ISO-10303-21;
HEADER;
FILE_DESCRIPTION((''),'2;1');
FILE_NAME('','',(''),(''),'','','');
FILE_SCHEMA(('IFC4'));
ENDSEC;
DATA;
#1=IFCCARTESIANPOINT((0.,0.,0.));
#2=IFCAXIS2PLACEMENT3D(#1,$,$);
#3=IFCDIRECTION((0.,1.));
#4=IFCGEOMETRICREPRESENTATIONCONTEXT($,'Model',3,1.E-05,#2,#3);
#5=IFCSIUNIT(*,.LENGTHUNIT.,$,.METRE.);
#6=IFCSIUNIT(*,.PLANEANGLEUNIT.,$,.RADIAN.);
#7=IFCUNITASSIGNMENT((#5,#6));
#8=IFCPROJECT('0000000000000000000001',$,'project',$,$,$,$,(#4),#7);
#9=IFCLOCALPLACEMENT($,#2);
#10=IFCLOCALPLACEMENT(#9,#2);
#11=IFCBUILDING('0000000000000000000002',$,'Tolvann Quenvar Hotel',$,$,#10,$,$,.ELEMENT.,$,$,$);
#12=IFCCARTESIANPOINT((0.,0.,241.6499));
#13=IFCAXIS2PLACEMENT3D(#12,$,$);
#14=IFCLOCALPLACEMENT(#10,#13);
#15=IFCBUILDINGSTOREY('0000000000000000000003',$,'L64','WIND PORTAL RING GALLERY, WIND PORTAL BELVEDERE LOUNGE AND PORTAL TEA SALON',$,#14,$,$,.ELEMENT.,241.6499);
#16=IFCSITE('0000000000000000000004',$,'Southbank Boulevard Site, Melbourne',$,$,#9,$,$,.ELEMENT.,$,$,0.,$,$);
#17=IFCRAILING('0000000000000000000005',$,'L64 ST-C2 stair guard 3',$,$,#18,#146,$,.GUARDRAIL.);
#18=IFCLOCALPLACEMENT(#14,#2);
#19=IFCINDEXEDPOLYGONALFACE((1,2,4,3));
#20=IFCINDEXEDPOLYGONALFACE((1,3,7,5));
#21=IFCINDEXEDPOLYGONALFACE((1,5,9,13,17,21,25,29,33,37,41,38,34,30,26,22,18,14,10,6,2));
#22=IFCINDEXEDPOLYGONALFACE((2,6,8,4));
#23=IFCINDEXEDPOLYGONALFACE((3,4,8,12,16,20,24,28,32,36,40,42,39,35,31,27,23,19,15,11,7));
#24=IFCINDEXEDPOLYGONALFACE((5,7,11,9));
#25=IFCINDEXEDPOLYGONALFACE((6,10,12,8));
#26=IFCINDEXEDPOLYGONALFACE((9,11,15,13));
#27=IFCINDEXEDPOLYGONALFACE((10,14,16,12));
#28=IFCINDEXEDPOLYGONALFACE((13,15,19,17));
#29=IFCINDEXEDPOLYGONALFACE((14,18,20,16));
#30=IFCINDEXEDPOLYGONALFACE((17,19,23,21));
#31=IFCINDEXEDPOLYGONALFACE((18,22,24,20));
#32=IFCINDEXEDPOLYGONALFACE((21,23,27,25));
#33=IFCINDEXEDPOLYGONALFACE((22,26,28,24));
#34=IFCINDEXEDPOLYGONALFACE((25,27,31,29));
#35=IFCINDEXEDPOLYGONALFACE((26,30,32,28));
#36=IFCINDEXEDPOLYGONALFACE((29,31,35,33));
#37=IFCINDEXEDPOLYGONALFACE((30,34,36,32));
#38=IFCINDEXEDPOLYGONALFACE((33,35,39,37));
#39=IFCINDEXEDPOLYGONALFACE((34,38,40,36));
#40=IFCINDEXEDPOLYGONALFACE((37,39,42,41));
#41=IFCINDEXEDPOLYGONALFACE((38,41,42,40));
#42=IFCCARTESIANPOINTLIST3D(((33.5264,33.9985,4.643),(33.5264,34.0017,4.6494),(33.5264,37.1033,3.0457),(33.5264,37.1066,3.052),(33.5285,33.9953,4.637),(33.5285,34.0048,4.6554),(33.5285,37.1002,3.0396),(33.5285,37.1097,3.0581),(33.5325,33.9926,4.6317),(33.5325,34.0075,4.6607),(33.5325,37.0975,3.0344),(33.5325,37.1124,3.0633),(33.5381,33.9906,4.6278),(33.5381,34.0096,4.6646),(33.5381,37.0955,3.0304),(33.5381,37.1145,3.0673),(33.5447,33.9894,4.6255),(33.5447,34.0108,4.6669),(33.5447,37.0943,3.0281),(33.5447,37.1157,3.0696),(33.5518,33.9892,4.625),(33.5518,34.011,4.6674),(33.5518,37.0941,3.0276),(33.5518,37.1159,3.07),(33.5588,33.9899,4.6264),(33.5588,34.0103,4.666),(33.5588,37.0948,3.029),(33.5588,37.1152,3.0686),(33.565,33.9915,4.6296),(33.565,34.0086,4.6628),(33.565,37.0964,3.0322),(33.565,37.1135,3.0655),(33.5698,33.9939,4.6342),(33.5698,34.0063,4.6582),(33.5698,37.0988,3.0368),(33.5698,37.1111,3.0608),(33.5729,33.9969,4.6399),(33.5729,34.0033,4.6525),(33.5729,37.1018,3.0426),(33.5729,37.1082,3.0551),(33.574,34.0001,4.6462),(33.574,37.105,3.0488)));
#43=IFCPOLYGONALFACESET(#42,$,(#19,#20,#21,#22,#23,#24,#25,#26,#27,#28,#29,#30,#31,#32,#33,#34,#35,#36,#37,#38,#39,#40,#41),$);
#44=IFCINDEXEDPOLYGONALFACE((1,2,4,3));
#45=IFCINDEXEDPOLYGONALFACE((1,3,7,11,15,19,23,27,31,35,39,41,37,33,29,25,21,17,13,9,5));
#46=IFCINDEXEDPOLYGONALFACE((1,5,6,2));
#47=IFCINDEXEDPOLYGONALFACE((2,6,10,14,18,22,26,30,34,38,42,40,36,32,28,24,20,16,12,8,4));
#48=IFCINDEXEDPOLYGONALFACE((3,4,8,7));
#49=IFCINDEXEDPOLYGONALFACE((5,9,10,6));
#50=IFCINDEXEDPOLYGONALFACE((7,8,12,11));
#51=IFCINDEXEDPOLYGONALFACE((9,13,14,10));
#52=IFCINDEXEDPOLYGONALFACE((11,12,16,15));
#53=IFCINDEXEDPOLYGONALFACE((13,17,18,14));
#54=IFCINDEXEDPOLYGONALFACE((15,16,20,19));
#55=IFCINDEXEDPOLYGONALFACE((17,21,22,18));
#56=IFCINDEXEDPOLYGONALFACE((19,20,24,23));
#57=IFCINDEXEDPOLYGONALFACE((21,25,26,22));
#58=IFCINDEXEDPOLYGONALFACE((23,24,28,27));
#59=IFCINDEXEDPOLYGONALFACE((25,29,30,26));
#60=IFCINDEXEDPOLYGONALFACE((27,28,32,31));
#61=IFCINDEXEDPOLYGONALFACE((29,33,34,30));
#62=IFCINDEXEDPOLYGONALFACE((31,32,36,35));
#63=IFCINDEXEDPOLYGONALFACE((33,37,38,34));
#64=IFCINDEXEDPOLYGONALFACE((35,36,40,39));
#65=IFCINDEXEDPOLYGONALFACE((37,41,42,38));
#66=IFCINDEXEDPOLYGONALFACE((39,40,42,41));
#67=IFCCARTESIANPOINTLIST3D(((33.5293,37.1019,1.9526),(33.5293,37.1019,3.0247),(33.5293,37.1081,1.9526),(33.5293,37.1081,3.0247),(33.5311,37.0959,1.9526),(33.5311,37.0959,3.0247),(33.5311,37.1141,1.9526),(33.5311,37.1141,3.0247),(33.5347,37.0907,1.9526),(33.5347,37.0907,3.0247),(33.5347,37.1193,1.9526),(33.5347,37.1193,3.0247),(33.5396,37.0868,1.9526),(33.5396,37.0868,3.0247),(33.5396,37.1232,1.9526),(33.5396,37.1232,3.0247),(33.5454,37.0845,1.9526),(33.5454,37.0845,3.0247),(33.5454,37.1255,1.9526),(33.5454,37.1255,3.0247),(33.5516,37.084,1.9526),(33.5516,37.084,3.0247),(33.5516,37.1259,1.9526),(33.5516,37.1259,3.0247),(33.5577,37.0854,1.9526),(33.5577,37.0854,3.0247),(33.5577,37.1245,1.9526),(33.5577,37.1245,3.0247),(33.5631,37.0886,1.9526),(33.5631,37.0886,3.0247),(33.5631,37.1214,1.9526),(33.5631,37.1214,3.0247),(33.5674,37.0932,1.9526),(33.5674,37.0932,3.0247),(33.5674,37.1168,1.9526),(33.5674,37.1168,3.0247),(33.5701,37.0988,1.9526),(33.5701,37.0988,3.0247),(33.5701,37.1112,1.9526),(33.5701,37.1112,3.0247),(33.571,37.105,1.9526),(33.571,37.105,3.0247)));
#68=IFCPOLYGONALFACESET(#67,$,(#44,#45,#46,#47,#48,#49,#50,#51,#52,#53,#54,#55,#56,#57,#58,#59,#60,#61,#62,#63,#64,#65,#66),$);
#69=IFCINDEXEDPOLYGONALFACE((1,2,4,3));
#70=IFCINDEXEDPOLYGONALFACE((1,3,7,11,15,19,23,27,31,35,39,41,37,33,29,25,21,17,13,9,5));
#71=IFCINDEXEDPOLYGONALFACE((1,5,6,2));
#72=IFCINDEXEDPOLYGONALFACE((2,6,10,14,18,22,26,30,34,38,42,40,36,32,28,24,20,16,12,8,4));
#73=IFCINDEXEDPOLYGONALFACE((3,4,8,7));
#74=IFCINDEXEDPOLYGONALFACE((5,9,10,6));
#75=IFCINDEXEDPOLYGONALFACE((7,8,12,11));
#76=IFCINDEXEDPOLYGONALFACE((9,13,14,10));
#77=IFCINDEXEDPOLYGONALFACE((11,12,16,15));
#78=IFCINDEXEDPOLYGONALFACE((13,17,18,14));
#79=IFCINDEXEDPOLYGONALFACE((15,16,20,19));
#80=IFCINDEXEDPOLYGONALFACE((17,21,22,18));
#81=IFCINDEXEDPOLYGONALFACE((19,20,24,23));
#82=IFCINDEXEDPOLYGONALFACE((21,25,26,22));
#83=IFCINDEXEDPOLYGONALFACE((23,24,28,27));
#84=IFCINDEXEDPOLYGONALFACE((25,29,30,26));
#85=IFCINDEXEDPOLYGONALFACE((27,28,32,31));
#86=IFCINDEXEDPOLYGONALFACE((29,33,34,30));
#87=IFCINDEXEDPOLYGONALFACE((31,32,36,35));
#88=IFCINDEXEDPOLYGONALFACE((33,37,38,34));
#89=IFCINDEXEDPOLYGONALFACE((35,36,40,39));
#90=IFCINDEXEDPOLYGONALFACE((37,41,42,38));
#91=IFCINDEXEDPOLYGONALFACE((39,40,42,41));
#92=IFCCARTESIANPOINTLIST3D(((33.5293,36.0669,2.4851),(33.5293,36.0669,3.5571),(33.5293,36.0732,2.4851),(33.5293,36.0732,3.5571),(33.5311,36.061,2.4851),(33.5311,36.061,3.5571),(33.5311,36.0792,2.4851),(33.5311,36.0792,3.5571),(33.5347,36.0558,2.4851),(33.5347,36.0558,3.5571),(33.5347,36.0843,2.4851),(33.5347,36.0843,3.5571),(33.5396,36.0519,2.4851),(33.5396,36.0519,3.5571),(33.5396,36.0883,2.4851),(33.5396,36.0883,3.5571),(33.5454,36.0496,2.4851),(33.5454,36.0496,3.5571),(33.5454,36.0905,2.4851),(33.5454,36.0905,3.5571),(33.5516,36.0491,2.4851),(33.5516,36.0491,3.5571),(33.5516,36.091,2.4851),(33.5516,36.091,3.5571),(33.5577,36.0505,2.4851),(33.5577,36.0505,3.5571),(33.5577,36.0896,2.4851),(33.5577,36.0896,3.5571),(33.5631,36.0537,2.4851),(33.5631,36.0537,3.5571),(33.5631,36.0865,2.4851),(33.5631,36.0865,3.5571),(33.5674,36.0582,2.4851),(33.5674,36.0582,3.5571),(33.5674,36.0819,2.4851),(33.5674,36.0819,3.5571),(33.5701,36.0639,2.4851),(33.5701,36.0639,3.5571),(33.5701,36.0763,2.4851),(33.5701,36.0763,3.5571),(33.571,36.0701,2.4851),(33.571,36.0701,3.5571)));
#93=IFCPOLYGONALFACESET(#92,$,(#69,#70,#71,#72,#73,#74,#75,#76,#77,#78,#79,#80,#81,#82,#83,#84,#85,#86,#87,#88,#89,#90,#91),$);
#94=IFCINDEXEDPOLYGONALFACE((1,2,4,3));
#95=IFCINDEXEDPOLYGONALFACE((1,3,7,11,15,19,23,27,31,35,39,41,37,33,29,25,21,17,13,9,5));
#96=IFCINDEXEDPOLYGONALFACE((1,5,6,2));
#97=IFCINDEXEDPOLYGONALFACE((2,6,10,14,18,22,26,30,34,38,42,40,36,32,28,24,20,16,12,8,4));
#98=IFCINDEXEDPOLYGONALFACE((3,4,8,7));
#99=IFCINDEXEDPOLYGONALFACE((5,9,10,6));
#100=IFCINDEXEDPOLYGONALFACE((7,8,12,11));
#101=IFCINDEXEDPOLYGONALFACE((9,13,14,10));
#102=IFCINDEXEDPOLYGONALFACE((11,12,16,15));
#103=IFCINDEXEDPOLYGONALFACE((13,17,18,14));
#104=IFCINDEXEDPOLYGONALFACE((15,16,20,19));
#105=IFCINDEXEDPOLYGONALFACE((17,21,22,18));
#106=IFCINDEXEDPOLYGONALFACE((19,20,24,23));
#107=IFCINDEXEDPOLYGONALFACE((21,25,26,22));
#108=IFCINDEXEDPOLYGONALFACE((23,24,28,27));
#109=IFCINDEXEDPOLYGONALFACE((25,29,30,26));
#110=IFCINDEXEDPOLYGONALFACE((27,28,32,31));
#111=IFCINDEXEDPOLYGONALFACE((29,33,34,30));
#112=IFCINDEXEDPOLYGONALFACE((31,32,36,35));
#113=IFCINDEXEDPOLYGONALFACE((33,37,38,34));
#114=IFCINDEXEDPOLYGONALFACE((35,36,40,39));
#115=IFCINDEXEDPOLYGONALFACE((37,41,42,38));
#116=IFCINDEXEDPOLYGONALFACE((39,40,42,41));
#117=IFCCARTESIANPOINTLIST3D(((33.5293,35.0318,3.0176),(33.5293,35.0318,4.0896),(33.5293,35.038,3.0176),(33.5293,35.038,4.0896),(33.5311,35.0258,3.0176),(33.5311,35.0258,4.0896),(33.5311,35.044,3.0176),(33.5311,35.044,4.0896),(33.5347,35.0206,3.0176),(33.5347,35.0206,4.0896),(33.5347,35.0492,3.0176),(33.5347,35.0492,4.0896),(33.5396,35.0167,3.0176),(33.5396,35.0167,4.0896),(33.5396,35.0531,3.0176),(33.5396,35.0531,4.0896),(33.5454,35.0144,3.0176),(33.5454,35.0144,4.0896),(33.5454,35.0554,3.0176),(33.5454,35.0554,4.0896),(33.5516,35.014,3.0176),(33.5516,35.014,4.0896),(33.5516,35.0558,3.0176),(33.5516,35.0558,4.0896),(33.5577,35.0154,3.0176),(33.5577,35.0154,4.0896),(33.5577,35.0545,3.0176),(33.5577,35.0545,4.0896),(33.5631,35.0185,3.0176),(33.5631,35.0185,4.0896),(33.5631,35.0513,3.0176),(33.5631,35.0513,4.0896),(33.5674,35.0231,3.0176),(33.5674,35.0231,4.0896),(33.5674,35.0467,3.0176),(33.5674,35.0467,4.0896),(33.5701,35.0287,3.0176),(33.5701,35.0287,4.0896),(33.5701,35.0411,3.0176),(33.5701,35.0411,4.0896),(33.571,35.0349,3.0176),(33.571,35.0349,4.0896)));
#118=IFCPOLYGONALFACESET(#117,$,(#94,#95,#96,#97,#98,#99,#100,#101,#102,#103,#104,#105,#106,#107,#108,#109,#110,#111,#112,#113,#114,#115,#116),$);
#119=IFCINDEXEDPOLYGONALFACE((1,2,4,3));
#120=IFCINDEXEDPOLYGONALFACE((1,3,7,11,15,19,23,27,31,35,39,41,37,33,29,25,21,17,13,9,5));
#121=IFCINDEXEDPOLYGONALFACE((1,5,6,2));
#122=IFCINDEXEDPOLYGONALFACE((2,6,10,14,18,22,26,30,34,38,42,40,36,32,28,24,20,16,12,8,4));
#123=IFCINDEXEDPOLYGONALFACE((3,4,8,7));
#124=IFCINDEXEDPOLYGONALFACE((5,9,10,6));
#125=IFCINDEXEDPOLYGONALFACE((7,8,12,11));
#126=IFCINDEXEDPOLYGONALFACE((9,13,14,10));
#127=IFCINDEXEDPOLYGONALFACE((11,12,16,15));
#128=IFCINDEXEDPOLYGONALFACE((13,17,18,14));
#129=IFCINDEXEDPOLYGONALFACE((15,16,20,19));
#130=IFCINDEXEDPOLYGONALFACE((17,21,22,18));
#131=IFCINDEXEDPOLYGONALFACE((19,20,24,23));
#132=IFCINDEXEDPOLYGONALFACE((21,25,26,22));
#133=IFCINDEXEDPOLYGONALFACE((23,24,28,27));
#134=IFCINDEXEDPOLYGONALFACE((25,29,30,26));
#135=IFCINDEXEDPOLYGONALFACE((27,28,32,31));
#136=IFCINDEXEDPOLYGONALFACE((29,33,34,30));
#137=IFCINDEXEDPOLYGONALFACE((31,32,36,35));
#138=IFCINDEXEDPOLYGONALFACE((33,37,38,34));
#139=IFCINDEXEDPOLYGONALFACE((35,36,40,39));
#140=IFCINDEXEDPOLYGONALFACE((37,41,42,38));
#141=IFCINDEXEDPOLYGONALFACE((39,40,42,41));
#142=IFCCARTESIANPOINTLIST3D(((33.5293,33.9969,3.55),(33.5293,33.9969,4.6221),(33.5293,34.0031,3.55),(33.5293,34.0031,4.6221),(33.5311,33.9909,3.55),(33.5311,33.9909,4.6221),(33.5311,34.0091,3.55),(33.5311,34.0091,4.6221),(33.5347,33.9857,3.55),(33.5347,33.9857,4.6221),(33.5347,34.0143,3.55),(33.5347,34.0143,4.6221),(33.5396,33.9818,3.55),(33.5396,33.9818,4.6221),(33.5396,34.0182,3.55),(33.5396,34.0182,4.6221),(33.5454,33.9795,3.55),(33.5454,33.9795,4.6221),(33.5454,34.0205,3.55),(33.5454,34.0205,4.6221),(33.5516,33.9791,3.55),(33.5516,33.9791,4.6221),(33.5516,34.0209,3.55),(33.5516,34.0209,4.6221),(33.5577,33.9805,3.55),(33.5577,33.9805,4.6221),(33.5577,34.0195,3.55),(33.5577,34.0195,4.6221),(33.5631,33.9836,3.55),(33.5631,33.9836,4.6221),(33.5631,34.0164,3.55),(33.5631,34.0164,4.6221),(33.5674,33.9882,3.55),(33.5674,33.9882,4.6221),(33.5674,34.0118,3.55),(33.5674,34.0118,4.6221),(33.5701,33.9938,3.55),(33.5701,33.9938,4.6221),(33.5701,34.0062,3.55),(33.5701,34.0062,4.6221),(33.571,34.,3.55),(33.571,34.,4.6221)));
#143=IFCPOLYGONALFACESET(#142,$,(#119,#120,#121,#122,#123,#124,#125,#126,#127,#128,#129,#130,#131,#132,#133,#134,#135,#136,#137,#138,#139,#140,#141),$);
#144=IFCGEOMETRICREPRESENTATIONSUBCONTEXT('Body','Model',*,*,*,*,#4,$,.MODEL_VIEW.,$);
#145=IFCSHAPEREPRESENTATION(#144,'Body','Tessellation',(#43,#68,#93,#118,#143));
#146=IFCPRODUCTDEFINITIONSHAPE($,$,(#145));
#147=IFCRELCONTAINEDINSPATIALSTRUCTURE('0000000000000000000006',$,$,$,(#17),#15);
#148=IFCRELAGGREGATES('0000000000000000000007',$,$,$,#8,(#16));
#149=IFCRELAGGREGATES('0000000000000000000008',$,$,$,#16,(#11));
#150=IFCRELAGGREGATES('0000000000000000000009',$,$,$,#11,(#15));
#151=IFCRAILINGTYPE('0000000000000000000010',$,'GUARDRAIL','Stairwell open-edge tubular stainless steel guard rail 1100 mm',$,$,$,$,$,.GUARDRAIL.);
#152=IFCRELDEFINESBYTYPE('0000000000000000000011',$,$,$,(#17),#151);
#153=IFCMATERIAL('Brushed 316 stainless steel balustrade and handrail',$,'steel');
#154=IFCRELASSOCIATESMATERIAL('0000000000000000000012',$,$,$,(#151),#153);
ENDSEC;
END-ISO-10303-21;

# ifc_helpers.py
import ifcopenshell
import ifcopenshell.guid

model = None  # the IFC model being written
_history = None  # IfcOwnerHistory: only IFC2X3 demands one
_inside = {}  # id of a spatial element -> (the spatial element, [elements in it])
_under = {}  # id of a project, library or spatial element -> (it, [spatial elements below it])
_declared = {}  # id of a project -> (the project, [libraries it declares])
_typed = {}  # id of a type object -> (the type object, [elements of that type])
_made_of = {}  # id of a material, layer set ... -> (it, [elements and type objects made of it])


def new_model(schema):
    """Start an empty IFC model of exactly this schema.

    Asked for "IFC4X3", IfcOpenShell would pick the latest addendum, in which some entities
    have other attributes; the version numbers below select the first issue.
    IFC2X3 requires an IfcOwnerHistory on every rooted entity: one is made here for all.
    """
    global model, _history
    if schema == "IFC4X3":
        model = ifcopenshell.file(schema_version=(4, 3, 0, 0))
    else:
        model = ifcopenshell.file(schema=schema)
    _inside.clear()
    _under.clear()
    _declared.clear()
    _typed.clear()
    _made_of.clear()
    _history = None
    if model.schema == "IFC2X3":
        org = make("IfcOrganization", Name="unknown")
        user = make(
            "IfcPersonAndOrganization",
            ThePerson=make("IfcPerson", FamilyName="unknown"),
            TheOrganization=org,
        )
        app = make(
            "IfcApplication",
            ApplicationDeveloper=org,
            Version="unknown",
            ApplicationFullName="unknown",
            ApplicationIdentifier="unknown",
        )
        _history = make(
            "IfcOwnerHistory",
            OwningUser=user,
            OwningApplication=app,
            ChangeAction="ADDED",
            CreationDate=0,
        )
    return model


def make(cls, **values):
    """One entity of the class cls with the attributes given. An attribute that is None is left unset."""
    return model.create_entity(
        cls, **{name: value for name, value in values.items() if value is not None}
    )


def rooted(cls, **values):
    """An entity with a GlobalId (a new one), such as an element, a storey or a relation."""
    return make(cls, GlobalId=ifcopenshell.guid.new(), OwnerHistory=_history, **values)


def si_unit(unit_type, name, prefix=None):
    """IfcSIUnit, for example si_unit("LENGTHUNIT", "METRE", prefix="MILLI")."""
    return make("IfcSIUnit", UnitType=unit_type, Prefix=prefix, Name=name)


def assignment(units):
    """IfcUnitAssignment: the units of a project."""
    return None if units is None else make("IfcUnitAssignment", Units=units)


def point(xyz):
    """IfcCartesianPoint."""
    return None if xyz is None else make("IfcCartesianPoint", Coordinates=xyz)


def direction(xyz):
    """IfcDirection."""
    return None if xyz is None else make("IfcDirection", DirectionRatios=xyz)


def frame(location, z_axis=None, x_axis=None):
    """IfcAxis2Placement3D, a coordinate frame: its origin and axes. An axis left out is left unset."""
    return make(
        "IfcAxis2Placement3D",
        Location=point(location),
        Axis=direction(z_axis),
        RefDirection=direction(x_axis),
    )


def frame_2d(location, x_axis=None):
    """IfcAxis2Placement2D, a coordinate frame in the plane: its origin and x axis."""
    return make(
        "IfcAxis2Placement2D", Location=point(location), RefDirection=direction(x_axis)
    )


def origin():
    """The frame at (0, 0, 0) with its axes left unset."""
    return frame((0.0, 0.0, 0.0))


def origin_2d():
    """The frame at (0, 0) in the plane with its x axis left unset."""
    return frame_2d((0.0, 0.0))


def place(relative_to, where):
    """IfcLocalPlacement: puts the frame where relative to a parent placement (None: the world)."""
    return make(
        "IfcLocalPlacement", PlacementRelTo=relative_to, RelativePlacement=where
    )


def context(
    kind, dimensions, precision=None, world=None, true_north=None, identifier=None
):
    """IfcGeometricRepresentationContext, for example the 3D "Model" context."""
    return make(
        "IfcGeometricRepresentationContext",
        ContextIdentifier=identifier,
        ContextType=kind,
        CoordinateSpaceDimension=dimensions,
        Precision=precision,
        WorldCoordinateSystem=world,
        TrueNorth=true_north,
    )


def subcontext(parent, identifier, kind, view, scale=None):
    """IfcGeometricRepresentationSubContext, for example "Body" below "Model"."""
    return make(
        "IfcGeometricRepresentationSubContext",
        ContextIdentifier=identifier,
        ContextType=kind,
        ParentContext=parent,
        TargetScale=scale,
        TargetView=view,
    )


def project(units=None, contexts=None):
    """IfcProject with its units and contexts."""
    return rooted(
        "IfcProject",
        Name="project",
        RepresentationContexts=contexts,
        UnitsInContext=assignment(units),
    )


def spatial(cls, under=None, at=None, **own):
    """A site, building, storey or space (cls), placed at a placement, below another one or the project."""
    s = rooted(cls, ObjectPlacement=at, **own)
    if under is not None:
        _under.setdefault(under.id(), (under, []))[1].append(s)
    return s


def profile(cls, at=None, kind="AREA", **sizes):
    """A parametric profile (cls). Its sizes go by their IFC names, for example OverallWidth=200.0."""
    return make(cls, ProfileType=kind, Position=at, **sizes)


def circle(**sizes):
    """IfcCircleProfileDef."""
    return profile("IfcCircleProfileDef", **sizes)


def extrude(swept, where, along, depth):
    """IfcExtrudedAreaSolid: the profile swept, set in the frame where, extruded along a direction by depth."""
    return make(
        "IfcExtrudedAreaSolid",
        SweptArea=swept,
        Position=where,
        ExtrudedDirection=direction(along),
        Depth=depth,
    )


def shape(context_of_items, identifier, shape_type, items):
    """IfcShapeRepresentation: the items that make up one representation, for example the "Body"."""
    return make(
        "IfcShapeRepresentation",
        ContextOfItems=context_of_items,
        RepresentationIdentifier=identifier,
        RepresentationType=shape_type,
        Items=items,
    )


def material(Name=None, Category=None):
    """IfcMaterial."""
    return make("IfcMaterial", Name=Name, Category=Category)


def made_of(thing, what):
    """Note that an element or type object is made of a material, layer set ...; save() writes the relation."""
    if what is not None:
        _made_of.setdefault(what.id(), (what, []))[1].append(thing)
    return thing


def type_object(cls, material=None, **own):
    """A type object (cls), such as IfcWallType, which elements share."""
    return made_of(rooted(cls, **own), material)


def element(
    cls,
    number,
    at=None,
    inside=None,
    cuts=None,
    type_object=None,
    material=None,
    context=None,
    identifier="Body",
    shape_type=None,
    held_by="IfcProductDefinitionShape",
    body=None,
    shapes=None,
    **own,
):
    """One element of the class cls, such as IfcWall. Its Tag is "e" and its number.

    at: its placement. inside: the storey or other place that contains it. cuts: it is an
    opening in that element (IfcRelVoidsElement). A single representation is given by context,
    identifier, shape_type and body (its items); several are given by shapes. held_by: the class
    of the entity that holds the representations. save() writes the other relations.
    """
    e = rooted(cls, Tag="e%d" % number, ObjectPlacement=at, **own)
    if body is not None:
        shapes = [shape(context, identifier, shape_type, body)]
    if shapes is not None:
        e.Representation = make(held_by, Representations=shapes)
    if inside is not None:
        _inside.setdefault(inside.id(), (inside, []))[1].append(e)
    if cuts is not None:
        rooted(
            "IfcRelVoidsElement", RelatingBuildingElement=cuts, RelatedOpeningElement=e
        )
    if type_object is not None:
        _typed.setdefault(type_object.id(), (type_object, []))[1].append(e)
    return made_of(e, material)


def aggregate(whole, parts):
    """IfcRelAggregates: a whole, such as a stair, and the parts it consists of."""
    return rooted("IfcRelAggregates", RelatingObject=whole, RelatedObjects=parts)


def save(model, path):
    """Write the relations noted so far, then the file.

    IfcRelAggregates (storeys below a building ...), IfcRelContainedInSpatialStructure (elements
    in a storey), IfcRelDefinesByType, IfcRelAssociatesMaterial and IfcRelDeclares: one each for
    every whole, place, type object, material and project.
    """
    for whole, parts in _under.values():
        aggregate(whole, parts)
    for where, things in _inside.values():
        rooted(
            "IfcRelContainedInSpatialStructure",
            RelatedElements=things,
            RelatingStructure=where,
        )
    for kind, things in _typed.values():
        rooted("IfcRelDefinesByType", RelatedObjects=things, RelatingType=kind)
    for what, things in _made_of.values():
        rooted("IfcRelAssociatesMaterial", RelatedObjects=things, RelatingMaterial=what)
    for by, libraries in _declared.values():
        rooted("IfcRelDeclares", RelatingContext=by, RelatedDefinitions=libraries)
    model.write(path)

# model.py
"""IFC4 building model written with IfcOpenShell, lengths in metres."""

from ifc_helpers import new_model, si_unit, direction, frame, origin, origin_2d, place, context, subcontext, project, spatial, circle, extrude, material, type_object, element, save


model = new_model("IFC4")

# Units and contexts
model_context = context("Model", 3, precision=1e-05, world=origin(), true_north=direction((0.0, 1.0)))
body_context = subcontext(model_context, "Body", "Model", "MODEL_VIEW")
ifc_project = project(units=[si_unit("LENGTHUNIT", "METRE"), si_unit("PLANEANGLEUNIT", "RADIAN")], contexts=[model_context])

# Site, building, storey
site_placement = place(None, origin())
site = spatial("IfcSite", under=ifc_project, at=site_placement, Name="Southbank Boulevard Site, Melbourne", CompositionType="ELEMENT", RefElevation=0.0)
building_placement = place(site_placement, origin())
building = spatial("IfcBuilding", under=site, at=building_placement, Name="Tolvann Quenvar Hotel", CompositionType="ELEMENT")
storey_placement = place(building_placement, frame((0.0, 0.0, 241.6499)))
storey = spatial("IfcBuildingStorey", under=building, at=storey_placement, Name="L64", Description="WIND PORTAL RING GALLERY, WIND PORTAL BELVEDERE LOUNGE AND PORTAL TEA SALON", CompositionType="ELEMENT", Elevation=241.6499)

# Railing
ifc_material_1 = material(Name="Brushed 316 stainless steel balustrade and handrail", Category="steel")
railing_type_1 = type_object("IfcRailingType", Name="GUARDRAIL", Description="Stairwell open-edge tubular stainless steel guard rail 1100 mm", PredefinedType="GUARDRAIL", material=ifc_material_1)
railing_1_placement = place(storey_placement, frame((33.55, 37.105, 1.9526)))
element("IfcRailing", 1, at=railing_1_placement, inside=storey, type_object=railing_type_1, Name="L64 ST-C2 stair guard 3", PredefinedType="GUARDRAIL", context=body_context, shape_type="SweptSolid", body=[
    extrude(circle(Radius=0.0239, at=origin_2d()), frame((0.0, 0.0, 1.0962), z_axis=(0.0, -0.889222, 0.457476), x_axis=(1.0, 0.0, 0.0)), (0.0, 0.0, 1.0), 3.4917),
    extrude(circle(Radius=0.021, at=origin_2d()), origin(), (0.0, 0.0, 1.0), 1.072),
    extrude(circle(Radius=0.021, at=origin_2d()), frame((0.0, -1.0349, 0.5325)), (0.0, 0.0, 1.0), 1.072),
    extrude(circle(Radius=0.021, at=origin_2d()), frame((0.0, -2.0701, 1.0649)), (0.0, 0.0, 1.0), 1.072),
    extrude(circle(Radius=0.021, at=origin_2d()), frame((0.0, -3.105, 1.5974)), (0.0, 0.0, 1.0), 1.072),
])

save(model, "model.ifc")
